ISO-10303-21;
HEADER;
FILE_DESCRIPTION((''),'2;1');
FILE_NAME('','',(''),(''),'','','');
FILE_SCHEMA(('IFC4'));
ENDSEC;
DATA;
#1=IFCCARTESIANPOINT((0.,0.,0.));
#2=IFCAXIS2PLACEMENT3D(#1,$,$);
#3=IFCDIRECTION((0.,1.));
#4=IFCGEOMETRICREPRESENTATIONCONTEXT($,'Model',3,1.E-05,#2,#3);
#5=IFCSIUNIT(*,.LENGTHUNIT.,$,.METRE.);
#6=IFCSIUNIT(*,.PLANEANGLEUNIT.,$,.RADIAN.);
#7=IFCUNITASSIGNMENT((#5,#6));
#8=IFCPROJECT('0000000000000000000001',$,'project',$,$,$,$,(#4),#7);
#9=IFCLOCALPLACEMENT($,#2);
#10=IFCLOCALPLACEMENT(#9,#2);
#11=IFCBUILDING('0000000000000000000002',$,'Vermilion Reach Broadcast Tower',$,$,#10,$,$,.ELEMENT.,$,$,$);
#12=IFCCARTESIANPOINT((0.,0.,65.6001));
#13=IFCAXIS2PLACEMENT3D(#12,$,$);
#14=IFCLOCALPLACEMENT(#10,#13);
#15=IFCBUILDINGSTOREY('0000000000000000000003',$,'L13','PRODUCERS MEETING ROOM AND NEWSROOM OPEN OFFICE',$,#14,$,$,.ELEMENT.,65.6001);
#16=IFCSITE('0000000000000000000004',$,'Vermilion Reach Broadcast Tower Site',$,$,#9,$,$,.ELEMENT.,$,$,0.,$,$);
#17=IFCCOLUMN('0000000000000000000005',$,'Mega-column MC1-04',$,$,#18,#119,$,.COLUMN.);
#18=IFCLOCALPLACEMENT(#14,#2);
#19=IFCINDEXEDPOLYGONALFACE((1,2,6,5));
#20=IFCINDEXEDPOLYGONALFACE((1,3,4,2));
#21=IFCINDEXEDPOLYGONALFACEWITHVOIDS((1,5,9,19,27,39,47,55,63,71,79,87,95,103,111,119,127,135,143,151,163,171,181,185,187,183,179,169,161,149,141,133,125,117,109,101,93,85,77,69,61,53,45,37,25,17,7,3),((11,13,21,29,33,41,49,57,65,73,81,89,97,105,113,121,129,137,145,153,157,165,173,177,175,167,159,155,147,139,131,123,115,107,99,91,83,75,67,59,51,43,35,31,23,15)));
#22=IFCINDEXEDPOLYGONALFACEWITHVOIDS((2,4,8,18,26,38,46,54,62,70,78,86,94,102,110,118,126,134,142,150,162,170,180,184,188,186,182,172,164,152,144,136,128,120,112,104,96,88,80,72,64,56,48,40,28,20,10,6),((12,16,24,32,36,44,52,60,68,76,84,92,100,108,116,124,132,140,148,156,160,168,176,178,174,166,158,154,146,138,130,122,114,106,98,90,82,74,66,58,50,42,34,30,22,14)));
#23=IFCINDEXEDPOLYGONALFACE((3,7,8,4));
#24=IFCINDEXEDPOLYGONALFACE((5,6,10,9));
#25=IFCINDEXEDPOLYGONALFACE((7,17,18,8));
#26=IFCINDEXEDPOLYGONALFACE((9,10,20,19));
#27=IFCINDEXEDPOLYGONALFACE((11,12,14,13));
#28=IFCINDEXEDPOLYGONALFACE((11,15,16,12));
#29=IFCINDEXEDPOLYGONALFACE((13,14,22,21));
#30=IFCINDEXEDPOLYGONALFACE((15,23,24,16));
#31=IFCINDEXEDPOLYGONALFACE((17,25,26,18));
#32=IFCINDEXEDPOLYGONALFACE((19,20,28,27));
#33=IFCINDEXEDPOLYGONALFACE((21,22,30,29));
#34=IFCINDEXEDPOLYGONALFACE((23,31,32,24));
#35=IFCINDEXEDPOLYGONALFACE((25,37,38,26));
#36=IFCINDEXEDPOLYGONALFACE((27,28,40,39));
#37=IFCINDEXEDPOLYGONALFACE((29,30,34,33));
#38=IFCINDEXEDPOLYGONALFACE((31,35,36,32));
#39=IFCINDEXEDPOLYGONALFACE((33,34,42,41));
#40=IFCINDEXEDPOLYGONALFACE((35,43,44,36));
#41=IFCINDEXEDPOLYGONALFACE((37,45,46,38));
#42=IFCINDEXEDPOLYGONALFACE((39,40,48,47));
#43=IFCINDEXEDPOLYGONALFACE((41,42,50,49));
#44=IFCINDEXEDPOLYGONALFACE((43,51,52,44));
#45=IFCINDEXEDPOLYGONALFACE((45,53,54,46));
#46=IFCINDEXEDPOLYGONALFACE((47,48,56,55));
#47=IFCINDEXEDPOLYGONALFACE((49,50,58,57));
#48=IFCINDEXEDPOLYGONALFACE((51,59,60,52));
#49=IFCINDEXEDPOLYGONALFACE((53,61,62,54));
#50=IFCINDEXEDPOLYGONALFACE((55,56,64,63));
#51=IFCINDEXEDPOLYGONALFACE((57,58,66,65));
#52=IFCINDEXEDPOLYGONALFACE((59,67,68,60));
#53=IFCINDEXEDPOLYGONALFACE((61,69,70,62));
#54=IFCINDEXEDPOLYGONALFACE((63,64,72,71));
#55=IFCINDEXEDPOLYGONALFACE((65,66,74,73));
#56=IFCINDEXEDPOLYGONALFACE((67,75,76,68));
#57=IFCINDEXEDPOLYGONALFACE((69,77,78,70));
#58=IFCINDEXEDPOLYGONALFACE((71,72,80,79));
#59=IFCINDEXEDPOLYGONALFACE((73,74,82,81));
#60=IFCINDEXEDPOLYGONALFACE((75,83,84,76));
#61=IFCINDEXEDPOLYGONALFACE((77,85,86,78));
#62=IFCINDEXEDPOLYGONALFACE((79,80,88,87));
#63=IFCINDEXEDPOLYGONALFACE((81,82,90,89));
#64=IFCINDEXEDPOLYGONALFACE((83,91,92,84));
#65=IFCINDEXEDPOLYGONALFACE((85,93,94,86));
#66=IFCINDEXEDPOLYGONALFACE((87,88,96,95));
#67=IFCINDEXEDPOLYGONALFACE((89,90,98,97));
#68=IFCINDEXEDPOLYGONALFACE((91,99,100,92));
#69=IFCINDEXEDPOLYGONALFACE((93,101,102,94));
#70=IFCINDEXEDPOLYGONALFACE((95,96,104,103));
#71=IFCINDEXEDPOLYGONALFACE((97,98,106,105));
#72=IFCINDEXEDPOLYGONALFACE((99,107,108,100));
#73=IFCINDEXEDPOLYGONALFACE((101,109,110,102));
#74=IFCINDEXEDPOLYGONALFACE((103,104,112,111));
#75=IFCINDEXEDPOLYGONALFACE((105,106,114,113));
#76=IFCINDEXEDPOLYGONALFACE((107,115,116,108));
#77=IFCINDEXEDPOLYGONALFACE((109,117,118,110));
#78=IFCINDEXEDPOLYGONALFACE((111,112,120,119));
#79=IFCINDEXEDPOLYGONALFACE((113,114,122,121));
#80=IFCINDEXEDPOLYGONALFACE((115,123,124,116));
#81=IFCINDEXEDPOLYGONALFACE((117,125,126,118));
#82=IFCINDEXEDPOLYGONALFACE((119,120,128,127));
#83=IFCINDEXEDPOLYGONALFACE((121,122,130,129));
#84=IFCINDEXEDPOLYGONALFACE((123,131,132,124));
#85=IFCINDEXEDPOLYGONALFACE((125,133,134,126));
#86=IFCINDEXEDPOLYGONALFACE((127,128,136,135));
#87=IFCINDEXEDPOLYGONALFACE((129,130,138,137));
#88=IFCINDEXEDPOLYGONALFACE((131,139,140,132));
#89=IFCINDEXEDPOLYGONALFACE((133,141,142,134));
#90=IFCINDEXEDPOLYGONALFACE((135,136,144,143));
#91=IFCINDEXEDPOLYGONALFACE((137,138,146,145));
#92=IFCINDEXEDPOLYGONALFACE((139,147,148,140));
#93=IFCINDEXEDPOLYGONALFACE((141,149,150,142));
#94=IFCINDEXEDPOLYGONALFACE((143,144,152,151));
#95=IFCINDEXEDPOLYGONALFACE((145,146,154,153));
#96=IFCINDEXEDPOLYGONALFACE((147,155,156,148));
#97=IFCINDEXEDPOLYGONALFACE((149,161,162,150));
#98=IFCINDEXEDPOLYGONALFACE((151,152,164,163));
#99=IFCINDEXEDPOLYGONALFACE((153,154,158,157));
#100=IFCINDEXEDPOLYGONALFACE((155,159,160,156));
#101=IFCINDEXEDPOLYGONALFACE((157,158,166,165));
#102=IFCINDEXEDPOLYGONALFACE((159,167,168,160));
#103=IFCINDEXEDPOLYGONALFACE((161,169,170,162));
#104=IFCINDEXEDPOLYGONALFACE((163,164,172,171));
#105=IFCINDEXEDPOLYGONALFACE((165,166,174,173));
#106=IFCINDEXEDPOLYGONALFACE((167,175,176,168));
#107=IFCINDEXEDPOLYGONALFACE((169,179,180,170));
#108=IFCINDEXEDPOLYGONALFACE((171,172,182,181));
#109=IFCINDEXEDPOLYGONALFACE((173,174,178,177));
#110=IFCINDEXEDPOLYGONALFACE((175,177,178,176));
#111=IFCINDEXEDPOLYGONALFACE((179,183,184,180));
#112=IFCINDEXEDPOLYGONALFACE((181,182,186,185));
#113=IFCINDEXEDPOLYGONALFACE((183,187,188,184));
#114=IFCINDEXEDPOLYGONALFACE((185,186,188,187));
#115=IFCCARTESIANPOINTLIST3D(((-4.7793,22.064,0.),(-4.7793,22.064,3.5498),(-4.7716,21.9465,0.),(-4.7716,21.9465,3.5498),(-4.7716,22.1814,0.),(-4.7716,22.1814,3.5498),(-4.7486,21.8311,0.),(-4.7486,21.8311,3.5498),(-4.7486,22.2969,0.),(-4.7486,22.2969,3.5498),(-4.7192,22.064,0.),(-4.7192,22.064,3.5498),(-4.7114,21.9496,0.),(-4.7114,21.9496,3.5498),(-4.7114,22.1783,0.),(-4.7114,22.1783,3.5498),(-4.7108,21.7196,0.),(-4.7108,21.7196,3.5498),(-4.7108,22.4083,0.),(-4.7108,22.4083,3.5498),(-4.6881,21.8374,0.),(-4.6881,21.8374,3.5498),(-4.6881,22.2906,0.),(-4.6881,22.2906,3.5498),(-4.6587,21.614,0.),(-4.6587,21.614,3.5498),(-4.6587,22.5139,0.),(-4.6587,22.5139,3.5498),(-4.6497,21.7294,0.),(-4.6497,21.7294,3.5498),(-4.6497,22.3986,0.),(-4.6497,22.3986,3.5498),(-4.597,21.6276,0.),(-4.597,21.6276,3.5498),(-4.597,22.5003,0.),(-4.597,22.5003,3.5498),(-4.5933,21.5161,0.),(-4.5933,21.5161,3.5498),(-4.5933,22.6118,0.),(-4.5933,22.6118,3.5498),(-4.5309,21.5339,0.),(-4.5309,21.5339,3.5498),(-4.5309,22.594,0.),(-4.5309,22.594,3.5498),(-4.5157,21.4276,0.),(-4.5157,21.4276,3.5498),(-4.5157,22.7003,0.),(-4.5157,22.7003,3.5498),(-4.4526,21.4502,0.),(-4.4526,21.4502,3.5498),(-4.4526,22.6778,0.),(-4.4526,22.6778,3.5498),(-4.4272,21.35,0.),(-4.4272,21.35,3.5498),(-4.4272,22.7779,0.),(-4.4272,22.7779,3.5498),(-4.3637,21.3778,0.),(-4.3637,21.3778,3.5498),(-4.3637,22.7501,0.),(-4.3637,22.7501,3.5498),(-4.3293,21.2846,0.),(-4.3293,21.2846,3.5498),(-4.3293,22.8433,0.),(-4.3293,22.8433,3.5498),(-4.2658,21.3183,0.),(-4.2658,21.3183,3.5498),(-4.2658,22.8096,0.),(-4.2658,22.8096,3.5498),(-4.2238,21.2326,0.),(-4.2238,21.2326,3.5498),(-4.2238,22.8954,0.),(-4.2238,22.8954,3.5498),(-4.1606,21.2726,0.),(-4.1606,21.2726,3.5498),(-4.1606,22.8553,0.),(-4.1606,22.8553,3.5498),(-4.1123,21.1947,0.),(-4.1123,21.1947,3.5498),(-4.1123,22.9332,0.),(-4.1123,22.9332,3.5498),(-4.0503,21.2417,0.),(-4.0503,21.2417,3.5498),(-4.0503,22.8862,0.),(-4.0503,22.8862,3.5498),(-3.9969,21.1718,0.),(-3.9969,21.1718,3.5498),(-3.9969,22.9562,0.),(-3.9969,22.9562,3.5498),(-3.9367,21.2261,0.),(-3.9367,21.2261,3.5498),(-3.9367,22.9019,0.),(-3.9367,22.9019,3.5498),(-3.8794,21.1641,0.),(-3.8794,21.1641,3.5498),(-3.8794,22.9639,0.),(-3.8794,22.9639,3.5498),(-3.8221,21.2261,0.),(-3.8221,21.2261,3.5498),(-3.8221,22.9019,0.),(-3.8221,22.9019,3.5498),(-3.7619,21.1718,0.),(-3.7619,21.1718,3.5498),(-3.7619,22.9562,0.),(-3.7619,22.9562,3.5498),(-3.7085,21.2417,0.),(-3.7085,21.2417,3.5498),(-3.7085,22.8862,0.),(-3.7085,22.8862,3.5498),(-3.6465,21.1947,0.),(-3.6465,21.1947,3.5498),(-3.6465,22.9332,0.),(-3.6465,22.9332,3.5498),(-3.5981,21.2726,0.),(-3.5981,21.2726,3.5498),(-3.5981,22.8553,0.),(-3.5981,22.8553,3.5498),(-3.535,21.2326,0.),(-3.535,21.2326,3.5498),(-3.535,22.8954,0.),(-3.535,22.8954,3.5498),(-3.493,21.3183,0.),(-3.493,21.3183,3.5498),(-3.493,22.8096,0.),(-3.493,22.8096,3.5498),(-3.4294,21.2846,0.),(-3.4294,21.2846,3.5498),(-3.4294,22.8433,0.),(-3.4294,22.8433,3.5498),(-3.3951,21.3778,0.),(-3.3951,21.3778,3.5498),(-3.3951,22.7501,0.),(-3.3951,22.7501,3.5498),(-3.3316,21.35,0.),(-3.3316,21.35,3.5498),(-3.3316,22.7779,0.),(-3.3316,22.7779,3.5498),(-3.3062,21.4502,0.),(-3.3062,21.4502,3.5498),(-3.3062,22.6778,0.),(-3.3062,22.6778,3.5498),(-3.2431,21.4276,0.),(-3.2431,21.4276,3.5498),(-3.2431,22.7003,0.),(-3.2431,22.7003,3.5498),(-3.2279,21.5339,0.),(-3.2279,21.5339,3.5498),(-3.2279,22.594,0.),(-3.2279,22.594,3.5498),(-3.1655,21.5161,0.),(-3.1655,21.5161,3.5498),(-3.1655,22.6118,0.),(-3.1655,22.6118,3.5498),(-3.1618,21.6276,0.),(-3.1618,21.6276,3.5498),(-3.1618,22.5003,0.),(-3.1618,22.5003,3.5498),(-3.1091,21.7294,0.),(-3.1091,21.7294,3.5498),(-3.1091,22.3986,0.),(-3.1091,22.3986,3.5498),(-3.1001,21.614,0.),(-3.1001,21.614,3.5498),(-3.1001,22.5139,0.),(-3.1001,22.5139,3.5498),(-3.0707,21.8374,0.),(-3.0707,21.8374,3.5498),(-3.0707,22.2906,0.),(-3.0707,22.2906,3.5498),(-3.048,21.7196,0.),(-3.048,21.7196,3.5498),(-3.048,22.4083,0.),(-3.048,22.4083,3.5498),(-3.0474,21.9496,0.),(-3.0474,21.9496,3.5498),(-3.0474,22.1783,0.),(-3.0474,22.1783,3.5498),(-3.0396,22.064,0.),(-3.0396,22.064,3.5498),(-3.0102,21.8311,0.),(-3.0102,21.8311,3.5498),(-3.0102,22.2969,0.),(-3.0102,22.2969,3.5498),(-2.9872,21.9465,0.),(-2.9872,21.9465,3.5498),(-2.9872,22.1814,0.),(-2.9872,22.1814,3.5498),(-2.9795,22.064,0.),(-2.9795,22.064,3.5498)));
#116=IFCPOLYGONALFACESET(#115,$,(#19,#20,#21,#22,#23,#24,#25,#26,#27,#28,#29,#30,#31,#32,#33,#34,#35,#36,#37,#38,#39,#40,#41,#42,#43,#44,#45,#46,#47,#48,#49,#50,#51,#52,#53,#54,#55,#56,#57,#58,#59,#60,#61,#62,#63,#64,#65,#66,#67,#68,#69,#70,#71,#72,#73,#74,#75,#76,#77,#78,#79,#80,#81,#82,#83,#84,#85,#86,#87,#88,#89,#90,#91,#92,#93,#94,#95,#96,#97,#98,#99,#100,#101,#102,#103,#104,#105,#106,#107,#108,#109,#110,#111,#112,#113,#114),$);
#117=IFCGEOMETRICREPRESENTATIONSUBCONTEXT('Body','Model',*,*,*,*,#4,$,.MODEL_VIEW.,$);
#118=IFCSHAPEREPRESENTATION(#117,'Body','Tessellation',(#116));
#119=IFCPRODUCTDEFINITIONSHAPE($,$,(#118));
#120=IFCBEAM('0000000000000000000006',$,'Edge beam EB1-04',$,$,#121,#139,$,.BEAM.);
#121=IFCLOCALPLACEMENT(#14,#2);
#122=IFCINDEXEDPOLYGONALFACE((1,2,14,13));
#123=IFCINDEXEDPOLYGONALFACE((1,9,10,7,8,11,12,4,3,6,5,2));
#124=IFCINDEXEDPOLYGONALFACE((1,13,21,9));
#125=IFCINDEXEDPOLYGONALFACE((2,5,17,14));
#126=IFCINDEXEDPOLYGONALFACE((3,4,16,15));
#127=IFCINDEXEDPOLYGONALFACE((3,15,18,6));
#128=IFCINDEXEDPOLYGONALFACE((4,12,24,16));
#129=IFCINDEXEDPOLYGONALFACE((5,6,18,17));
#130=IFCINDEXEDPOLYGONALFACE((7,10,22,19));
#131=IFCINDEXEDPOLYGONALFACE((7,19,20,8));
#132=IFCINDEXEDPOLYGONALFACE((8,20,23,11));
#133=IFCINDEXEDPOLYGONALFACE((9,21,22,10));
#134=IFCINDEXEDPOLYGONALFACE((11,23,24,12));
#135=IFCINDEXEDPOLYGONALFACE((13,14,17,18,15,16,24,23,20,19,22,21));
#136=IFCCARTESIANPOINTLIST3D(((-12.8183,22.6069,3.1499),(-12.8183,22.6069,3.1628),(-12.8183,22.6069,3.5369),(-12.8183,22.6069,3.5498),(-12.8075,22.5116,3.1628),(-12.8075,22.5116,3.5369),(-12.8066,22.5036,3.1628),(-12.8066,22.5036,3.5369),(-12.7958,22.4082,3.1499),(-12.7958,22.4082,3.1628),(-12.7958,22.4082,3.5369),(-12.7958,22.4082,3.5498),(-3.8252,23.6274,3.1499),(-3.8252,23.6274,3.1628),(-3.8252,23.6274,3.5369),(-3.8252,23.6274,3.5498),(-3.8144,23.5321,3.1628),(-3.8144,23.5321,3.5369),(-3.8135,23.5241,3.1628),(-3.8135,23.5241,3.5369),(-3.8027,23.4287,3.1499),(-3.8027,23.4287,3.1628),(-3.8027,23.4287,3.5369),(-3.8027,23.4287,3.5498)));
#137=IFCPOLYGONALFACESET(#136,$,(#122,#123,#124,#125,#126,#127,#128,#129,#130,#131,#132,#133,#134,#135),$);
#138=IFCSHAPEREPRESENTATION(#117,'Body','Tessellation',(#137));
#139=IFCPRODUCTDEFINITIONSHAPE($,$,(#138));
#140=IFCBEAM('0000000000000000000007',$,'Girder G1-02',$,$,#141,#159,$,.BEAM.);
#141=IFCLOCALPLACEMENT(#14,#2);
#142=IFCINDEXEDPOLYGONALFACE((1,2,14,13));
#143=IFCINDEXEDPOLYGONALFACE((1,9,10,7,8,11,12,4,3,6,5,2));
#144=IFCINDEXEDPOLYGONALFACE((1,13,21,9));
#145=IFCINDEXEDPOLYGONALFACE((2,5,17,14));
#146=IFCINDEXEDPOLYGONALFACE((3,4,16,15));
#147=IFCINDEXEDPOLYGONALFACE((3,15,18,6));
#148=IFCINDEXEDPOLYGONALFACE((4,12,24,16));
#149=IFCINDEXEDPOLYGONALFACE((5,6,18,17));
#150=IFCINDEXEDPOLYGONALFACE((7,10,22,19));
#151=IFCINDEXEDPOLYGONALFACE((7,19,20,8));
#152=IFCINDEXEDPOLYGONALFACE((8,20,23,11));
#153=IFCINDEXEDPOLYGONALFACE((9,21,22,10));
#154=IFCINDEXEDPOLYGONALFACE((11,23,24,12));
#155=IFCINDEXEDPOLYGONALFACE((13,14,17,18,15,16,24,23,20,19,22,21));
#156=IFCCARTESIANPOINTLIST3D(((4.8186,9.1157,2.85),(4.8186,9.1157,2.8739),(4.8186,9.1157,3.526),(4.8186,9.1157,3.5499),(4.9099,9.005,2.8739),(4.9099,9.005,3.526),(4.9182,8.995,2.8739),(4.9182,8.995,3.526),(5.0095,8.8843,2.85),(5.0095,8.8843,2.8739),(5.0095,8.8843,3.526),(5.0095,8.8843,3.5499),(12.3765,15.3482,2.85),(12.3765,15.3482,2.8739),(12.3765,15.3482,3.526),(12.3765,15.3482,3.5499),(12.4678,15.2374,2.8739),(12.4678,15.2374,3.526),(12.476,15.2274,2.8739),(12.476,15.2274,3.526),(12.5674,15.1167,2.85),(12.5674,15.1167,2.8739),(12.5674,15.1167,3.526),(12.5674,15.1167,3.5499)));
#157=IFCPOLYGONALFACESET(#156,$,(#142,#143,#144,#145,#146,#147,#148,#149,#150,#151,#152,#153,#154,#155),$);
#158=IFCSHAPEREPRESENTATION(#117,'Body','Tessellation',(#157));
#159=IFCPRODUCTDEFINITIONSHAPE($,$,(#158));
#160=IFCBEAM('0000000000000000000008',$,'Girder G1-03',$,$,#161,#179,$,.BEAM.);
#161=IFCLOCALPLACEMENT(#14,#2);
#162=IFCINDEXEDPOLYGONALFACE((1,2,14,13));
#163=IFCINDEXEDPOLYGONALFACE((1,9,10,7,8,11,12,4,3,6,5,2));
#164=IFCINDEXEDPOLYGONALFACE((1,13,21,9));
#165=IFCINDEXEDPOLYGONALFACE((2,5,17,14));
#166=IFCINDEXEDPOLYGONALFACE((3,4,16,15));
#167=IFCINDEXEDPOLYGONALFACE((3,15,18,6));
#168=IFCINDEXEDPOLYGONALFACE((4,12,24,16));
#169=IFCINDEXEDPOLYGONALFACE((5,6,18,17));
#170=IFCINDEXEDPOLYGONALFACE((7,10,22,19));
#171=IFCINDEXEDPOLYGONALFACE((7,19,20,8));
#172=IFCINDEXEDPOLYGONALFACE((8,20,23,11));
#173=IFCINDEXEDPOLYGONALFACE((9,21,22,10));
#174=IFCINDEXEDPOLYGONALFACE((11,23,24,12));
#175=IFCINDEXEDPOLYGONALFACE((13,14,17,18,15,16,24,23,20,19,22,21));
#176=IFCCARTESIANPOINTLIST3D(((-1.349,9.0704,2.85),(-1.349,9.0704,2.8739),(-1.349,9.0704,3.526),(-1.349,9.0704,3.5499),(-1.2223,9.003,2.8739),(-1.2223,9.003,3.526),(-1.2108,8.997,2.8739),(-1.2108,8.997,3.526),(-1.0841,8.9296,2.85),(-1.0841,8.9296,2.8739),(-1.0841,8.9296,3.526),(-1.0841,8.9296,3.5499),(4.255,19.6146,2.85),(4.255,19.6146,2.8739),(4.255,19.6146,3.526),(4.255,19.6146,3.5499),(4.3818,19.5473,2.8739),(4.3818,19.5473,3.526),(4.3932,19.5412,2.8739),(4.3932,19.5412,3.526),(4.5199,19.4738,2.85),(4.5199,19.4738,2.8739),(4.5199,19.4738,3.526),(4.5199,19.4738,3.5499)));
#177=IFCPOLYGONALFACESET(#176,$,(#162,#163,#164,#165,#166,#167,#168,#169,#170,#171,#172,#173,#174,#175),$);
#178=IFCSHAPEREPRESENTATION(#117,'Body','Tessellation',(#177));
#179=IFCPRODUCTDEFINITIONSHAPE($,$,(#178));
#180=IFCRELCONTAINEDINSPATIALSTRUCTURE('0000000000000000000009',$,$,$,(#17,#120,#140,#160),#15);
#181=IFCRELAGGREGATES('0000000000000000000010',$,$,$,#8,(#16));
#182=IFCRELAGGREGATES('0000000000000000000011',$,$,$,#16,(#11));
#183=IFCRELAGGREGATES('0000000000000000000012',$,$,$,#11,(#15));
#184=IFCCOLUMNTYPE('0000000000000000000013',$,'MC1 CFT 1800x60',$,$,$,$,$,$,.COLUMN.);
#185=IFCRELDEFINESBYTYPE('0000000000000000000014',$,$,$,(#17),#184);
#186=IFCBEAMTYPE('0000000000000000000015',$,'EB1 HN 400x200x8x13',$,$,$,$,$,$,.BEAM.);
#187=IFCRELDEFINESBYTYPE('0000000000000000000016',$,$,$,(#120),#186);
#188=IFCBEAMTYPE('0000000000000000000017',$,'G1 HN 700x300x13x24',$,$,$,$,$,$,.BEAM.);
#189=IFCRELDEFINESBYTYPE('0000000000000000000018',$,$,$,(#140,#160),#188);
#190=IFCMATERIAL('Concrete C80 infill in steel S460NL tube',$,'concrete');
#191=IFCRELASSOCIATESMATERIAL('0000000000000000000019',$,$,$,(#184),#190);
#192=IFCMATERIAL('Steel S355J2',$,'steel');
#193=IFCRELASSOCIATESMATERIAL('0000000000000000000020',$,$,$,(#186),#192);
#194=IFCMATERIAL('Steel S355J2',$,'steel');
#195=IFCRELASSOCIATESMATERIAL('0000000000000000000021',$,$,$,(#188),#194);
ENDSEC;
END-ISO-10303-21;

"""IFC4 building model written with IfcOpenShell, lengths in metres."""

from ifc_helpers import new_model, si_unit, direction, frame, origin, origin_2d, place, context, subcontext, project, spatial, hollow_circle, i_section, extrude, material, material_profile, profile_set, type_object, element, save


model = new_model("IFC4")

# Units and contexts
model_context = context("Model", 3, precision=1e-05, world=origin(), true_north=direction((0.0, 1.0)))
body_context = subcontext(model_context, "Body", "Model", "MODEL_VIEW")
ifc_project = project(units=[si_unit("LENGTHUNIT", "METRE"), si_unit("PLANEANGLEUNIT", "RADIAN")], contexts=[model_context])

# Site, building, storey
site_placement = place(None, origin())
site = spatial("IfcSite", under=ifc_project, at=site_placement, Name="Vermilion Reach Broadcast Tower Site", CompositionType="ELEMENT", RefElevation=0.0)
building_placement = place(site_placement, origin())
building = spatial("IfcBuilding", under=site, at=building_placement, Name="Vermilion Reach Broadcast Tower", CompositionType="ELEMENT")
storey_placement = place(building_placement, frame((0.0, 0.0, 65.6001)))
storey = spatial("IfcBuildingStorey", under=building, at=storey_placement, Name="L13", Description="PRODUCERS MEETING ROOM AND NEWSROOM OPEN OFFICE", CompositionType="ELEMENT", Elevation=65.6001)

# Column
ifc_material_1 = material(Name="Concrete C80 infill in steel S460NL tube", Category="concrete")
ifc_material_profile_1 = material_profile(ifc_material_1, hollow_circle(Radius=0.8999, WallThickness=0.0601, at=origin_2d()), Name="Concrete C80 infill in steel S460NL tube CFT 1800x60")
ifc_profile_set_1 = profile_set([ifc_material_profile_1], Name="Concrete C80 infill in steel S460NL tube")
column_type = type_object("IfcColumnType", Name="MC1 CFT 1800x60", PredefinedType="COLUMN", material=ifc_profile_set_1)
for number, where, z_axis, x_axis, name in (
    (1, (-3.8794, 22.064, 0.0), (0.0, 0.0, 1.0), (1.0, 0.0, 0.0), "Mega-column MC1-04"),
):
    element("IfcColumn", number, at=place(storey_placement, frame(where, z_axis=z_axis, x_axis=x_axis)), inside=storey, type_object=column_type, Name=name, PredefinedType="COLUMN", context=body_context, shape_type="SweptSolid", body=[
        extrude(hollow_circle(Radius=0.8999, WallThickness=0.0601, at=origin_2d()), origin(), (0.0, 0.0, 1.0), 3.5498),
    ])

# Beams
ifc_material_2 = material(Name="Steel S355J2", Category="steel")
ifc_material_profile_2 = material_profile(ifc_material_2, i_section(OverallWidth=0.2, OverallDepth=0.3999, WebThickness=0.0081, FlangeThickness=0.0129, at=origin_2d()), Name="S355J2 HN 400x200x8x13")
ifc_profile_set_2 = profile_set([ifc_material_profile_2], Name="Steel S355J2")
beam_type_1 = type_object("IfcBeamType", Name="EB1 HN 400x200x8x13", PredefinedType="BEAM", material=ifc_profile_set_2)
beam_1_placement = place(storey_placement, frame((-3.814, 23.5281, 3.3499), z_axis=(-0.993623, -0.112752, 0.0), x_axis=(0.112752, -0.993623, 0.0)))
element("IfcBeam", 2, at=beam_1_placement, inside=storey, type_object=beam_type_1, Name="Edge beam EB1-04", PredefinedType="BEAM", context=body_context, shape_type="SweptSolid", body=[
    extrude(i_section(OverallWidth=0.2, OverallDepth=0.3999, WebThickness=0.0081, FlangeThickness=0.0129, at=origin_2d()), origin(), (0.0, 0.0, 1.0), 9.0508),
])
ifc_material_3 = material(Name="Steel S355J2", Category="steel")
ifc_material_profile_3 = material_profile(ifc_material_3, i_section(OverallWidth=0.3, OverallDepth=0.7, WebThickness=0.0129, FlangeThickness=0.0239, at=origin_2d()), Name="S355J2 HN 700x300x13x24")
ifc_profile_set_3 = profile_set([ifc_material_profile_3], Name="Steel S355J2")
beam_type_2 = type_object("IfcBeamType", Name="G1 HN 700x300x13x24", PredefinedType="BEAM", material=ifc_profile_set_3)
beam_2_placement = place(storey_placement, frame((4.9141, 9.0, 3.2), z_axis=(0.771514, 0.636212, 0.0), x_axis=(-0.636212, 0.771514, 0.0)))
element("IfcBeam", 3, at=beam_2_placement, inside=storey, type_object=beam_type_2, Name="Girder G1-02", PredefinedType="BEAM", context=body_context, shape_type="SweptSolid", body=[
    extrude(i_section(OverallWidth=0.3, OverallDepth=0.7, WebThickness=0.0129, FlangeThickness=0.0239, at=origin_2d()), origin(), (0.0, 0.0, 1.0), 9.7961),
])
beam_3_placement = place(storey_placement, frame((-1.2166, 9.0, 3.2), z_axis=(0.469312, 0.883032, 0.0), x_axis=(-0.883032, 0.469312, 0.0)))
element("IfcBeam", 4, at=beam_3_placement, inside=storey, type_object=beam_type_2, Name="Girder G1-03", PredefinedType="BEAM", context=body_context, shape_type="SweptSolid", body=[
    extrude(i_section(OverallWidth=0.3, OverallDepth=0.7, WebThickness=0.0129, FlangeThickness=0.0239, at=origin_2d()), origin(), (0.0, 0.0, 1.0), 11.9409),
])

save(model, "model.ifc")
